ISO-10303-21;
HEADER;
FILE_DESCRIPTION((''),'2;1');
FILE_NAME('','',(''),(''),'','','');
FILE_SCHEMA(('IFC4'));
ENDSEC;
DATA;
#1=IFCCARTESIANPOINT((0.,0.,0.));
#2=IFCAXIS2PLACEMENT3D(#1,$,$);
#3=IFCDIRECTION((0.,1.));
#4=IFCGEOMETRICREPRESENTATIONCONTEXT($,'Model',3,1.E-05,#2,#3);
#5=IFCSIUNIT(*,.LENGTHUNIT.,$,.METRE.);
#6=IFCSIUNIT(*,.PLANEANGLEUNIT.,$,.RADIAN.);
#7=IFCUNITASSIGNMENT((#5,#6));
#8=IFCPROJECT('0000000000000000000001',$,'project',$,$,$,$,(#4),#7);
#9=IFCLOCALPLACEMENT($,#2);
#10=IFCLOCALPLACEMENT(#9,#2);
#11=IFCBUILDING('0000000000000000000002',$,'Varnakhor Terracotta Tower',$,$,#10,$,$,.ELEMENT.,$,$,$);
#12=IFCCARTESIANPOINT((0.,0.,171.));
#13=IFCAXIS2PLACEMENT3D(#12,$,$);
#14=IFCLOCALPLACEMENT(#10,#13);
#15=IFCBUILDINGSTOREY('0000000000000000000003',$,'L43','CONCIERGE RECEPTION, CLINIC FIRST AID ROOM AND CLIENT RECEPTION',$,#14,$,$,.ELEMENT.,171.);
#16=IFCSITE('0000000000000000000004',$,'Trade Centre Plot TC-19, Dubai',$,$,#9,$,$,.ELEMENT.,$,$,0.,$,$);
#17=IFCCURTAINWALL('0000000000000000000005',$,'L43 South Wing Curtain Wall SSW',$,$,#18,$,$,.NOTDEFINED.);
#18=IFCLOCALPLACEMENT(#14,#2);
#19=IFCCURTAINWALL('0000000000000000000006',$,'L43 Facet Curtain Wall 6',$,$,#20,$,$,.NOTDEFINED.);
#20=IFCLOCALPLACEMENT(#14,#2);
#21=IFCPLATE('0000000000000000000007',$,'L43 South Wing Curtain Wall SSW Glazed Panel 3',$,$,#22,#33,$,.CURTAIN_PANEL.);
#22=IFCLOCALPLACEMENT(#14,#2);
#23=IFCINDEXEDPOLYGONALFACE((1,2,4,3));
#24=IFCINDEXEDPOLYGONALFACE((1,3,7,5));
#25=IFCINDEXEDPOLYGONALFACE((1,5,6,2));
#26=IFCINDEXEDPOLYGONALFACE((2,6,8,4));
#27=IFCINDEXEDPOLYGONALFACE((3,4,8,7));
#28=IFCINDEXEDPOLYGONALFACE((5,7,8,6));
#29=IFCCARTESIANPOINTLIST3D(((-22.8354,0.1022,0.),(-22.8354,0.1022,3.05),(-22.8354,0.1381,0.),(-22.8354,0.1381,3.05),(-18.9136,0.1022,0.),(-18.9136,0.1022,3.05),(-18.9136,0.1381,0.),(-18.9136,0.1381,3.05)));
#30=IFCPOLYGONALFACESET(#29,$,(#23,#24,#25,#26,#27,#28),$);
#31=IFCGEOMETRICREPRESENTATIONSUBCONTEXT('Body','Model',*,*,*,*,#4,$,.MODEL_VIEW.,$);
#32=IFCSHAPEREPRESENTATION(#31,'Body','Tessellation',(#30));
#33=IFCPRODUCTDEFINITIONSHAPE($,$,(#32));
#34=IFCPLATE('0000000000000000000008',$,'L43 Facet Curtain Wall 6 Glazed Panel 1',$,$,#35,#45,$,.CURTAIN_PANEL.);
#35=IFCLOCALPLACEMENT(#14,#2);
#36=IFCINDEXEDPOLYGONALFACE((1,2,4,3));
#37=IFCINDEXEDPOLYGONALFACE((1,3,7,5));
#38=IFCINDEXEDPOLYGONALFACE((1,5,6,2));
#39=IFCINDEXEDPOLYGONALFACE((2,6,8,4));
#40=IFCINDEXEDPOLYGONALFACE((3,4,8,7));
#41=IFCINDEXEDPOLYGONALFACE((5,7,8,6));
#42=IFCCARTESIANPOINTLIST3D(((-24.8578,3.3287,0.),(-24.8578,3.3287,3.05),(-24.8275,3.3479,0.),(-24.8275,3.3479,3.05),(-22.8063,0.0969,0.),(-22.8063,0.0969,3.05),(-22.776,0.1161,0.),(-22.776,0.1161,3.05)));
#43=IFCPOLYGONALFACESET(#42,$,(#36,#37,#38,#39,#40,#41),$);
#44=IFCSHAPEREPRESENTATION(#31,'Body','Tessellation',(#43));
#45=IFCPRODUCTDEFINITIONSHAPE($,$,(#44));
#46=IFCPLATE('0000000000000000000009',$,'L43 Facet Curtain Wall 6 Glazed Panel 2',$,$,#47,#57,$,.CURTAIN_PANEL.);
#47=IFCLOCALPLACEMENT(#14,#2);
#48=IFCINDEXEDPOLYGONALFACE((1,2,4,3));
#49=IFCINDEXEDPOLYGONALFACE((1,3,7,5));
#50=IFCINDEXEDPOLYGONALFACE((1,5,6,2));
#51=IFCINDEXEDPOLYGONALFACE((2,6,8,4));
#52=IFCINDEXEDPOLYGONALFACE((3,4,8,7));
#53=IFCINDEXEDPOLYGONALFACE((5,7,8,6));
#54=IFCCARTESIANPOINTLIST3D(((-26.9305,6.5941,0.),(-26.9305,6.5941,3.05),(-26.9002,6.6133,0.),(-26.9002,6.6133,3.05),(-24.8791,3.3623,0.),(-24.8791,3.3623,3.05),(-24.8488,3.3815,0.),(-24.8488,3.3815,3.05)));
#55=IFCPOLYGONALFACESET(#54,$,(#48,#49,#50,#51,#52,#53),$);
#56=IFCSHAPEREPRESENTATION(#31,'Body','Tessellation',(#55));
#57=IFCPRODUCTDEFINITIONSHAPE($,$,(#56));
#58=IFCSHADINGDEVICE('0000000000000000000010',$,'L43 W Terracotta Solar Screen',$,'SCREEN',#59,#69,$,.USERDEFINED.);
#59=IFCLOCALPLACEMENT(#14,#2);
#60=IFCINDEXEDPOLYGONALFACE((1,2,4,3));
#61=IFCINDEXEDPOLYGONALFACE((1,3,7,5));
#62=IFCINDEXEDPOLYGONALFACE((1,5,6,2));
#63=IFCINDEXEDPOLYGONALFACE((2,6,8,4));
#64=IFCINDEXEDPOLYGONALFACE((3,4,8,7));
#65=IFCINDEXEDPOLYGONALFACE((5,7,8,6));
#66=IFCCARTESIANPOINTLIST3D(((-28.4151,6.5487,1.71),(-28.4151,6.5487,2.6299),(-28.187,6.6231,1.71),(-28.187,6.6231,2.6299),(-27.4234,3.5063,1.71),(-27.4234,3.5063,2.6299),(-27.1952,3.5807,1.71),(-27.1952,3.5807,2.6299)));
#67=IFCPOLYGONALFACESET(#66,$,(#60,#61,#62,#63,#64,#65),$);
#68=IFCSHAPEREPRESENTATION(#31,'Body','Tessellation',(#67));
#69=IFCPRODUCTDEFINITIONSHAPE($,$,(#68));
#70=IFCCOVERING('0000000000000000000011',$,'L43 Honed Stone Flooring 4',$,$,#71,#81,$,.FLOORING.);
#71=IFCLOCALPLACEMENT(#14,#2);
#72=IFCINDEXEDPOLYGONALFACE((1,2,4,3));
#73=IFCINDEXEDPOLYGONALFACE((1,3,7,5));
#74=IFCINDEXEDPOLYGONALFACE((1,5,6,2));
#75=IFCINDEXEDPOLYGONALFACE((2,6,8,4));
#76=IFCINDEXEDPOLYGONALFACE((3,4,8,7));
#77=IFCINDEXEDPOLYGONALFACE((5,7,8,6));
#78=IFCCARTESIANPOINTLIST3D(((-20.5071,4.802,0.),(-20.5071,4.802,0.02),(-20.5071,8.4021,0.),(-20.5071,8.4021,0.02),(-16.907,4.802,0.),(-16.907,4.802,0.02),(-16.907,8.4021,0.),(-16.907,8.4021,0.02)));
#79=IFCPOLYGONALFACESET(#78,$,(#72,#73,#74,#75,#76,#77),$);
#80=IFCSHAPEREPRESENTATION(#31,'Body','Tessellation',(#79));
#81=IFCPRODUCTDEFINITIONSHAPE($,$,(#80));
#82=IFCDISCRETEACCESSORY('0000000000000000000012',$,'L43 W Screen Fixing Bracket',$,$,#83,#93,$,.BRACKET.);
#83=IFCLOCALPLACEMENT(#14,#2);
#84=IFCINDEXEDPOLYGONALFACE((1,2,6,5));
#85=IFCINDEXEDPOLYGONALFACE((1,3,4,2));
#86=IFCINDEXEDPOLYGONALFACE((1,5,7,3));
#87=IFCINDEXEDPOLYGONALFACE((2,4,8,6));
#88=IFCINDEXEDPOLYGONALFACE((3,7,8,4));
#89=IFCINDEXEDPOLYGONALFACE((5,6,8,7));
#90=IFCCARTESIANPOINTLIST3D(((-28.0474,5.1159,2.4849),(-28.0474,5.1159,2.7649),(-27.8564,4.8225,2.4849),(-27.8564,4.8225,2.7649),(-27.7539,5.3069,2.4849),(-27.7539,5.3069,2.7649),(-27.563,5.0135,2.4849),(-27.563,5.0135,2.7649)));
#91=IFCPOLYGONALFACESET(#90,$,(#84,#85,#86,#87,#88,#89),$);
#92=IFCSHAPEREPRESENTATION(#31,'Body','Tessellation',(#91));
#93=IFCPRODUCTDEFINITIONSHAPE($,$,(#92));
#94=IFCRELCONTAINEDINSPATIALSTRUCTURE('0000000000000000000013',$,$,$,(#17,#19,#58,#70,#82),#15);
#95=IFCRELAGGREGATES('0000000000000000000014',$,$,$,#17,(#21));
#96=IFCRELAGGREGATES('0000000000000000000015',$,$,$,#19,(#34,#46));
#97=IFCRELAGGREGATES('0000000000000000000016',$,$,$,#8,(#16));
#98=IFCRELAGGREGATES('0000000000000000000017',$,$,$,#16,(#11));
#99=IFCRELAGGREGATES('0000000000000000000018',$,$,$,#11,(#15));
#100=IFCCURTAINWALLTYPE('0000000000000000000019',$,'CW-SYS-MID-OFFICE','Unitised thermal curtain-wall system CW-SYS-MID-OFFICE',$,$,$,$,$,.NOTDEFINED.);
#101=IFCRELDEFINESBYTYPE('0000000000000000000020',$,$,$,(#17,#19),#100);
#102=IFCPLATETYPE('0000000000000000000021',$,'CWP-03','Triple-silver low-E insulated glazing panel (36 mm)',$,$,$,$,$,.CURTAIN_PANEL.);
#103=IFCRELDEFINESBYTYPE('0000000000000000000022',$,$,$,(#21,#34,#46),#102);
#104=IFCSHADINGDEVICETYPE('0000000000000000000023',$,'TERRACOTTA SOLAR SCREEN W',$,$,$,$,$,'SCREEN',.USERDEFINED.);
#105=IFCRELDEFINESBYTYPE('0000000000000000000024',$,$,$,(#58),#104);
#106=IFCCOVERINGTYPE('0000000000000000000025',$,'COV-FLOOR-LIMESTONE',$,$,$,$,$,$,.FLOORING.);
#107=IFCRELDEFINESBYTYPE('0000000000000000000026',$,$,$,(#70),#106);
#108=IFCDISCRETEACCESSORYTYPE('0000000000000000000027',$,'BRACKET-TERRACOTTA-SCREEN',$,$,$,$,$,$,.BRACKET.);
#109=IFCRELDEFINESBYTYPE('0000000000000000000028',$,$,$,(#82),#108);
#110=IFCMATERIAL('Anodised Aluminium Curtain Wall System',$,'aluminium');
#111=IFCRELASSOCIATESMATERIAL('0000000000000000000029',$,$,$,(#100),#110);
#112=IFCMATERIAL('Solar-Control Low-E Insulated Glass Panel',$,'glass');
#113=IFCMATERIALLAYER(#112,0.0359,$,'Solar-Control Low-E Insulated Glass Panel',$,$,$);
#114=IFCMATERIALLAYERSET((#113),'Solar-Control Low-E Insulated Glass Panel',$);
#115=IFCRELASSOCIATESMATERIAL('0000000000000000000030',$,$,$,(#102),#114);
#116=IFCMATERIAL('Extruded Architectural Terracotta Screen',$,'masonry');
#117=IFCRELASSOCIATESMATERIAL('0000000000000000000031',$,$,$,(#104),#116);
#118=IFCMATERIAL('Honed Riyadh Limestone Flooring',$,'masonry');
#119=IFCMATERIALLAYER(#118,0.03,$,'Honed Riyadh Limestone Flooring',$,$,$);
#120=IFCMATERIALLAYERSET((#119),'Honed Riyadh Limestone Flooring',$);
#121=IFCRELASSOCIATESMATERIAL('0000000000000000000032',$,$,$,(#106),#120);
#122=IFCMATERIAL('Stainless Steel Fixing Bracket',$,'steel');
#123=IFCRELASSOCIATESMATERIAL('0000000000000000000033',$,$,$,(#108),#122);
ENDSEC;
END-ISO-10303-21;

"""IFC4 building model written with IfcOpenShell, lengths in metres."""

from ifc_helpers import new_model, si_unit, direction, frame, origin, origin_2d, place, context, subcontext, project, spatial, rectangle, extrude, source, transform, mapped, material, layer, layer_set, type_object, type_shapes, element, aggregate, save


model = new_model("IFC4")

# Units and contexts
model_context = context("Model", 3, precision=1e-05, world=origin(), true_north=direction((0.0, 1.0)))
body_context = subcontext(model_context, "Body", "Model", "MODEL_VIEW")
ifc_project = project(units=[si_unit("LENGTHUNIT", "METRE"), si_unit("PLANEANGLEUNIT", "RADIAN")], contexts=[model_context])

# Site, building, storey
site_placement = place(None, origin())
site = spatial("IfcSite", under=ifc_project, at=site_placement, Name="Trade Centre Plot TC-19, Dubai", CompositionType="ELEMENT", RefElevation=0.0)
building_placement = place(site_placement, origin())
building = spatial("IfcBuilding", under=site, at=building_placement, Name="Varnakhor Terracotta Tower", CompositionType="ELEMENT")
storey_placement = place(building_placement, frame((0.0, 0.0, 171.0)))
storey = spatial("IfcBuildingStorey", under=building, at=storey_placement, Name="L43", Description="CONCIERGE RECEPTION, CLINIC FIRST AID ROOM AND CLIENT RECEPTION", CompositionType="ELEMENT", Elevation=171.0)

# Curtain walls
ifc_material_1 = material(Name="Anodised Aluminium Curtain Wall System", Category="aluminium")
curtain_wall_type = type_object("IfcCurtainWallType", Name="CW-SYS-MID-OFFICE", Description="Unitised thermal curtain-wall system CW-SYS-MID-OFFICE", PredefinedType="NOTDEFINED", material=ifc_material_1)
curtain_wall_1_placement = place(storey_placement, origin())
curtain_wall_1 = element("IfcCurtainWall", 1, at=curtain_wall_1_placement, inside=storey, type_object=curtain_wall_type, Name="L43 South Wing Curtain Wall SSW", PredefinedType="NOTDEFINED")
curtain_wall_2_placement = place(storey_placement, origin())
curtain_wall_2 = element("IfcCurtainWall", 2, at=curtain_wall_2_placement, inside=storey, type_object=curtain_wall_type, Name="L43 Facet Curtain Wall 6", PredefinedType="NOTDEFINED")

# Plates
ifc_material_2 = material(Name="Solar-Control Low-E Insulated Glass Panel", Category="glass")
ifc_layer_1 = layer(ifc_material_2, 0.0359, Name="Solar-Control Low-E Insulated Glass Panel")
ifc_layer_set_1 = layer_set([ifc_layer_1], Name="Solar-Control Low-E Insulated Glass Panel")
plate_type = type_object("IfcPlateType", Name="CWP-03", Description="Triple-silver low-E insulated glazing panel (36 mm)", PredefinedType="CURTAIN_PANEL", material=ifc_layer_set_1)
shared_shape_1 = source(origin(), body_context, "Body", "SweptSolid", [
    extrude(rectangle(XDim=3.9219, YDim=0.0359, at=origin_2d()), origin(), (0.0, 0.0, 1.0), 3.05),
])
plate_1_placement = place(storey_placement, frame((-20.8745, 0.1201, 0.0), z_axis=(0.0, 0.0, 1.0), x_axis=(-1.0, 0.0, 0.0)))
plate_1 = element("IfcPlate", 3, at=plate_1_placement, type_object=plate_type, Name="L43 South Wing Curtain Wall SSW Glazed Panel 3", PredefinedType="CURTAIN_PANEL", context=body_context, shape_type="MappedRepresentation", body=[
    mapped(shared_shape_1, transform((0.0, 0.0, 0.0), scale=1.0)),
])
aggregate(curtain_wall_1, [plate_1])
shared_shape_2 = source(origin(), body_context, "Body", "SweptSolid", [
    extrude(rectangle(XDim=3.8279, YDim=0.0359, at=origin_2d()), origin(), (0.0, 0.0, 1.0), 3.05),
])
plate_2_placement = place(storey_placement, frame((-23.8169, 1.7224, 0.0), z_axis=(0.0, 0.0, 1.0), x_axis=(-0.535915, 0.844272, 0.0)))
plate_2 = element("IfcPlate", 4, at=plate_2_placement, type_object=plate_type, Name="L43 Facet Curtain Wall 6 Glazed Panel 1", PredefinedType="CURTAIN_PANEL", context=body_context, shape_type="MappedRepresentation", body=[
    mapped(shared_shape_2, transform((0.0, 0.0, 0.0), scale=1.0)),
])
plate_3_placement = place(storey_placement, frame((-25.8896, 4.9878, 0.0), z_axis=(0.0, 0.0, 1.0), x_axis=(-0.535915, 0.844272, 0.0)))
plate_3 = element("IfcPlate", 5, at=plate_3_placement, type_object=plate_type, Name="L43 Facet Curtain Wall 6 Glazed Panel 2", PredefinedType="CURTAIN_PANEL", context=body_context, shape_type="MappedRepresentation", body=[
    mapped(shared_shape_2, transform((0.0, 0.0, 0.0), scale=1.0)),
])
aggregate(curtain_wall_2, [plate_2, plate_3])

# Shading device
ifc_material_3 = material(Name="Extruded Architectural Terracotta Screen", Category="masonry")
shading_device_type = type_object("IfcShadingDeviceType", Name="TERRACOTTA SOLAR SCREEN W", ElementType="SCREEN", PredefinedType="USERDEFINED", material=ifc_material_3)
shared_shape_3 = source(origin(), body_context, "Body", "SweptSolid", [
    extrude(rectangle(XDim=3.2, YDim=0.24, at=origin_2d()), origin(), (0.0, 0.0, 1.0), 0.9199),
])
type_shapes(shading_device_type, [shared_shape_3])
shading_device_placement = place(storey_placement, frame((-27.8052, 5.0647, 1.71), z_axis=(0.0, 0.0, 1.0), x_axis=(0.30993, -0.950759, 0.0)))
element("IfcShadingDevice", 6, at=shading_device_placement, inside=storey, type_object=shading_device_type, Name="L43 W Terracotta Solar Screen", ObjectType="SCREEN", PredefinedType="USERDEFINED", context=body_context, shape_type="MappedRepresentation", body=[
    mapped(shared_shape_3, transform((0.0, 0.0, 0.0), scale=1.0)),
])

# Covering
ifc_material_4 = material(Name="Honed Riyadh Limestone Flooring", Category="masonry")
ifc_layer_2 = layer(ifc_material_4, 0.03, Name="Honed Riyadh Limestone Flooring")
ifc_layer_set_2 = layer_set([ifc_layer_2], Name="Honed Riyadh Limestone Flooring")
covering_type = type_object("IfcCoveringType", Name="COV-FLOOR-LIMESTONE", PredefinedType="FLOORING", material=ifc_layer_set_2)
shared_shape_4 = source(origin(), body_context, "Body", "SweptSolid", [
    extrude(rectangle(XDim=3.6001, YDim=3.6001, at=origin_2d()), origin(), (0.0, 0.0, 1.0), 0.02),
])
covering_placement = place(storey_placement, frame((-18.707, 6.6021, 0.0), z_axis=(0.0, 0.0, 1.0), x_axis=(1.0, 0.0, 0.0)))
element("IfcCovering", 7, at=covering_placement, inside=storey, type_object=covering_type, Name="L43 Honed Stone Flooring 4", PredefinedType="FLOORING", context=body_context, shape_type="MappedRepresentation", body=[
    mapped(shared_shape_4, transform((0.0, 0.0, 0.0), scale=1.0)),
])

# Discrete accessory
ifc_material_5 = material(Name="Stainless Steel Fixing Bracket", Category="steel")
discrete_accessory_type = type_object("IfcDiscreteAccessoryType", Name="BRACKET-TERRACOTTA-SCREEN", PredefinedType="BRACKET", material=ifc_material_5)
shared_shape_5 = source(origin(), body_context, "Body", "SweptSolid", [
    extrude(rectangle(XDim=0.3501, YDim=0.3501, at=origin_2d()), origin(), (0.0, 0.0, 1.0), 0.28),
])
type_shapes(discrete_accessory_type, [shared_shape_5])
discrete_accessory_placement = place(storey_placement, frame((-27.8052, 5.0647, 2.4849), z_axis=(0.0, 0.0, 1.0), x_axis=(0.545444, -0.838147, 0.0)))
element("IfcDiscreteAccessory", 8, at=discrete_accessory_placement, inside=storey, type_object=discrete_accessory_type, Name="L43 W Screen Fixing Bracket", PredefinedType="BRACKET", context=body_context, shape_type="MappedRepresentation", body=[
    mapped(shared_shape_5, transform((0.0, 0.0, 0.0), scale=1.0)),
])

save(model, "model.ifc")
